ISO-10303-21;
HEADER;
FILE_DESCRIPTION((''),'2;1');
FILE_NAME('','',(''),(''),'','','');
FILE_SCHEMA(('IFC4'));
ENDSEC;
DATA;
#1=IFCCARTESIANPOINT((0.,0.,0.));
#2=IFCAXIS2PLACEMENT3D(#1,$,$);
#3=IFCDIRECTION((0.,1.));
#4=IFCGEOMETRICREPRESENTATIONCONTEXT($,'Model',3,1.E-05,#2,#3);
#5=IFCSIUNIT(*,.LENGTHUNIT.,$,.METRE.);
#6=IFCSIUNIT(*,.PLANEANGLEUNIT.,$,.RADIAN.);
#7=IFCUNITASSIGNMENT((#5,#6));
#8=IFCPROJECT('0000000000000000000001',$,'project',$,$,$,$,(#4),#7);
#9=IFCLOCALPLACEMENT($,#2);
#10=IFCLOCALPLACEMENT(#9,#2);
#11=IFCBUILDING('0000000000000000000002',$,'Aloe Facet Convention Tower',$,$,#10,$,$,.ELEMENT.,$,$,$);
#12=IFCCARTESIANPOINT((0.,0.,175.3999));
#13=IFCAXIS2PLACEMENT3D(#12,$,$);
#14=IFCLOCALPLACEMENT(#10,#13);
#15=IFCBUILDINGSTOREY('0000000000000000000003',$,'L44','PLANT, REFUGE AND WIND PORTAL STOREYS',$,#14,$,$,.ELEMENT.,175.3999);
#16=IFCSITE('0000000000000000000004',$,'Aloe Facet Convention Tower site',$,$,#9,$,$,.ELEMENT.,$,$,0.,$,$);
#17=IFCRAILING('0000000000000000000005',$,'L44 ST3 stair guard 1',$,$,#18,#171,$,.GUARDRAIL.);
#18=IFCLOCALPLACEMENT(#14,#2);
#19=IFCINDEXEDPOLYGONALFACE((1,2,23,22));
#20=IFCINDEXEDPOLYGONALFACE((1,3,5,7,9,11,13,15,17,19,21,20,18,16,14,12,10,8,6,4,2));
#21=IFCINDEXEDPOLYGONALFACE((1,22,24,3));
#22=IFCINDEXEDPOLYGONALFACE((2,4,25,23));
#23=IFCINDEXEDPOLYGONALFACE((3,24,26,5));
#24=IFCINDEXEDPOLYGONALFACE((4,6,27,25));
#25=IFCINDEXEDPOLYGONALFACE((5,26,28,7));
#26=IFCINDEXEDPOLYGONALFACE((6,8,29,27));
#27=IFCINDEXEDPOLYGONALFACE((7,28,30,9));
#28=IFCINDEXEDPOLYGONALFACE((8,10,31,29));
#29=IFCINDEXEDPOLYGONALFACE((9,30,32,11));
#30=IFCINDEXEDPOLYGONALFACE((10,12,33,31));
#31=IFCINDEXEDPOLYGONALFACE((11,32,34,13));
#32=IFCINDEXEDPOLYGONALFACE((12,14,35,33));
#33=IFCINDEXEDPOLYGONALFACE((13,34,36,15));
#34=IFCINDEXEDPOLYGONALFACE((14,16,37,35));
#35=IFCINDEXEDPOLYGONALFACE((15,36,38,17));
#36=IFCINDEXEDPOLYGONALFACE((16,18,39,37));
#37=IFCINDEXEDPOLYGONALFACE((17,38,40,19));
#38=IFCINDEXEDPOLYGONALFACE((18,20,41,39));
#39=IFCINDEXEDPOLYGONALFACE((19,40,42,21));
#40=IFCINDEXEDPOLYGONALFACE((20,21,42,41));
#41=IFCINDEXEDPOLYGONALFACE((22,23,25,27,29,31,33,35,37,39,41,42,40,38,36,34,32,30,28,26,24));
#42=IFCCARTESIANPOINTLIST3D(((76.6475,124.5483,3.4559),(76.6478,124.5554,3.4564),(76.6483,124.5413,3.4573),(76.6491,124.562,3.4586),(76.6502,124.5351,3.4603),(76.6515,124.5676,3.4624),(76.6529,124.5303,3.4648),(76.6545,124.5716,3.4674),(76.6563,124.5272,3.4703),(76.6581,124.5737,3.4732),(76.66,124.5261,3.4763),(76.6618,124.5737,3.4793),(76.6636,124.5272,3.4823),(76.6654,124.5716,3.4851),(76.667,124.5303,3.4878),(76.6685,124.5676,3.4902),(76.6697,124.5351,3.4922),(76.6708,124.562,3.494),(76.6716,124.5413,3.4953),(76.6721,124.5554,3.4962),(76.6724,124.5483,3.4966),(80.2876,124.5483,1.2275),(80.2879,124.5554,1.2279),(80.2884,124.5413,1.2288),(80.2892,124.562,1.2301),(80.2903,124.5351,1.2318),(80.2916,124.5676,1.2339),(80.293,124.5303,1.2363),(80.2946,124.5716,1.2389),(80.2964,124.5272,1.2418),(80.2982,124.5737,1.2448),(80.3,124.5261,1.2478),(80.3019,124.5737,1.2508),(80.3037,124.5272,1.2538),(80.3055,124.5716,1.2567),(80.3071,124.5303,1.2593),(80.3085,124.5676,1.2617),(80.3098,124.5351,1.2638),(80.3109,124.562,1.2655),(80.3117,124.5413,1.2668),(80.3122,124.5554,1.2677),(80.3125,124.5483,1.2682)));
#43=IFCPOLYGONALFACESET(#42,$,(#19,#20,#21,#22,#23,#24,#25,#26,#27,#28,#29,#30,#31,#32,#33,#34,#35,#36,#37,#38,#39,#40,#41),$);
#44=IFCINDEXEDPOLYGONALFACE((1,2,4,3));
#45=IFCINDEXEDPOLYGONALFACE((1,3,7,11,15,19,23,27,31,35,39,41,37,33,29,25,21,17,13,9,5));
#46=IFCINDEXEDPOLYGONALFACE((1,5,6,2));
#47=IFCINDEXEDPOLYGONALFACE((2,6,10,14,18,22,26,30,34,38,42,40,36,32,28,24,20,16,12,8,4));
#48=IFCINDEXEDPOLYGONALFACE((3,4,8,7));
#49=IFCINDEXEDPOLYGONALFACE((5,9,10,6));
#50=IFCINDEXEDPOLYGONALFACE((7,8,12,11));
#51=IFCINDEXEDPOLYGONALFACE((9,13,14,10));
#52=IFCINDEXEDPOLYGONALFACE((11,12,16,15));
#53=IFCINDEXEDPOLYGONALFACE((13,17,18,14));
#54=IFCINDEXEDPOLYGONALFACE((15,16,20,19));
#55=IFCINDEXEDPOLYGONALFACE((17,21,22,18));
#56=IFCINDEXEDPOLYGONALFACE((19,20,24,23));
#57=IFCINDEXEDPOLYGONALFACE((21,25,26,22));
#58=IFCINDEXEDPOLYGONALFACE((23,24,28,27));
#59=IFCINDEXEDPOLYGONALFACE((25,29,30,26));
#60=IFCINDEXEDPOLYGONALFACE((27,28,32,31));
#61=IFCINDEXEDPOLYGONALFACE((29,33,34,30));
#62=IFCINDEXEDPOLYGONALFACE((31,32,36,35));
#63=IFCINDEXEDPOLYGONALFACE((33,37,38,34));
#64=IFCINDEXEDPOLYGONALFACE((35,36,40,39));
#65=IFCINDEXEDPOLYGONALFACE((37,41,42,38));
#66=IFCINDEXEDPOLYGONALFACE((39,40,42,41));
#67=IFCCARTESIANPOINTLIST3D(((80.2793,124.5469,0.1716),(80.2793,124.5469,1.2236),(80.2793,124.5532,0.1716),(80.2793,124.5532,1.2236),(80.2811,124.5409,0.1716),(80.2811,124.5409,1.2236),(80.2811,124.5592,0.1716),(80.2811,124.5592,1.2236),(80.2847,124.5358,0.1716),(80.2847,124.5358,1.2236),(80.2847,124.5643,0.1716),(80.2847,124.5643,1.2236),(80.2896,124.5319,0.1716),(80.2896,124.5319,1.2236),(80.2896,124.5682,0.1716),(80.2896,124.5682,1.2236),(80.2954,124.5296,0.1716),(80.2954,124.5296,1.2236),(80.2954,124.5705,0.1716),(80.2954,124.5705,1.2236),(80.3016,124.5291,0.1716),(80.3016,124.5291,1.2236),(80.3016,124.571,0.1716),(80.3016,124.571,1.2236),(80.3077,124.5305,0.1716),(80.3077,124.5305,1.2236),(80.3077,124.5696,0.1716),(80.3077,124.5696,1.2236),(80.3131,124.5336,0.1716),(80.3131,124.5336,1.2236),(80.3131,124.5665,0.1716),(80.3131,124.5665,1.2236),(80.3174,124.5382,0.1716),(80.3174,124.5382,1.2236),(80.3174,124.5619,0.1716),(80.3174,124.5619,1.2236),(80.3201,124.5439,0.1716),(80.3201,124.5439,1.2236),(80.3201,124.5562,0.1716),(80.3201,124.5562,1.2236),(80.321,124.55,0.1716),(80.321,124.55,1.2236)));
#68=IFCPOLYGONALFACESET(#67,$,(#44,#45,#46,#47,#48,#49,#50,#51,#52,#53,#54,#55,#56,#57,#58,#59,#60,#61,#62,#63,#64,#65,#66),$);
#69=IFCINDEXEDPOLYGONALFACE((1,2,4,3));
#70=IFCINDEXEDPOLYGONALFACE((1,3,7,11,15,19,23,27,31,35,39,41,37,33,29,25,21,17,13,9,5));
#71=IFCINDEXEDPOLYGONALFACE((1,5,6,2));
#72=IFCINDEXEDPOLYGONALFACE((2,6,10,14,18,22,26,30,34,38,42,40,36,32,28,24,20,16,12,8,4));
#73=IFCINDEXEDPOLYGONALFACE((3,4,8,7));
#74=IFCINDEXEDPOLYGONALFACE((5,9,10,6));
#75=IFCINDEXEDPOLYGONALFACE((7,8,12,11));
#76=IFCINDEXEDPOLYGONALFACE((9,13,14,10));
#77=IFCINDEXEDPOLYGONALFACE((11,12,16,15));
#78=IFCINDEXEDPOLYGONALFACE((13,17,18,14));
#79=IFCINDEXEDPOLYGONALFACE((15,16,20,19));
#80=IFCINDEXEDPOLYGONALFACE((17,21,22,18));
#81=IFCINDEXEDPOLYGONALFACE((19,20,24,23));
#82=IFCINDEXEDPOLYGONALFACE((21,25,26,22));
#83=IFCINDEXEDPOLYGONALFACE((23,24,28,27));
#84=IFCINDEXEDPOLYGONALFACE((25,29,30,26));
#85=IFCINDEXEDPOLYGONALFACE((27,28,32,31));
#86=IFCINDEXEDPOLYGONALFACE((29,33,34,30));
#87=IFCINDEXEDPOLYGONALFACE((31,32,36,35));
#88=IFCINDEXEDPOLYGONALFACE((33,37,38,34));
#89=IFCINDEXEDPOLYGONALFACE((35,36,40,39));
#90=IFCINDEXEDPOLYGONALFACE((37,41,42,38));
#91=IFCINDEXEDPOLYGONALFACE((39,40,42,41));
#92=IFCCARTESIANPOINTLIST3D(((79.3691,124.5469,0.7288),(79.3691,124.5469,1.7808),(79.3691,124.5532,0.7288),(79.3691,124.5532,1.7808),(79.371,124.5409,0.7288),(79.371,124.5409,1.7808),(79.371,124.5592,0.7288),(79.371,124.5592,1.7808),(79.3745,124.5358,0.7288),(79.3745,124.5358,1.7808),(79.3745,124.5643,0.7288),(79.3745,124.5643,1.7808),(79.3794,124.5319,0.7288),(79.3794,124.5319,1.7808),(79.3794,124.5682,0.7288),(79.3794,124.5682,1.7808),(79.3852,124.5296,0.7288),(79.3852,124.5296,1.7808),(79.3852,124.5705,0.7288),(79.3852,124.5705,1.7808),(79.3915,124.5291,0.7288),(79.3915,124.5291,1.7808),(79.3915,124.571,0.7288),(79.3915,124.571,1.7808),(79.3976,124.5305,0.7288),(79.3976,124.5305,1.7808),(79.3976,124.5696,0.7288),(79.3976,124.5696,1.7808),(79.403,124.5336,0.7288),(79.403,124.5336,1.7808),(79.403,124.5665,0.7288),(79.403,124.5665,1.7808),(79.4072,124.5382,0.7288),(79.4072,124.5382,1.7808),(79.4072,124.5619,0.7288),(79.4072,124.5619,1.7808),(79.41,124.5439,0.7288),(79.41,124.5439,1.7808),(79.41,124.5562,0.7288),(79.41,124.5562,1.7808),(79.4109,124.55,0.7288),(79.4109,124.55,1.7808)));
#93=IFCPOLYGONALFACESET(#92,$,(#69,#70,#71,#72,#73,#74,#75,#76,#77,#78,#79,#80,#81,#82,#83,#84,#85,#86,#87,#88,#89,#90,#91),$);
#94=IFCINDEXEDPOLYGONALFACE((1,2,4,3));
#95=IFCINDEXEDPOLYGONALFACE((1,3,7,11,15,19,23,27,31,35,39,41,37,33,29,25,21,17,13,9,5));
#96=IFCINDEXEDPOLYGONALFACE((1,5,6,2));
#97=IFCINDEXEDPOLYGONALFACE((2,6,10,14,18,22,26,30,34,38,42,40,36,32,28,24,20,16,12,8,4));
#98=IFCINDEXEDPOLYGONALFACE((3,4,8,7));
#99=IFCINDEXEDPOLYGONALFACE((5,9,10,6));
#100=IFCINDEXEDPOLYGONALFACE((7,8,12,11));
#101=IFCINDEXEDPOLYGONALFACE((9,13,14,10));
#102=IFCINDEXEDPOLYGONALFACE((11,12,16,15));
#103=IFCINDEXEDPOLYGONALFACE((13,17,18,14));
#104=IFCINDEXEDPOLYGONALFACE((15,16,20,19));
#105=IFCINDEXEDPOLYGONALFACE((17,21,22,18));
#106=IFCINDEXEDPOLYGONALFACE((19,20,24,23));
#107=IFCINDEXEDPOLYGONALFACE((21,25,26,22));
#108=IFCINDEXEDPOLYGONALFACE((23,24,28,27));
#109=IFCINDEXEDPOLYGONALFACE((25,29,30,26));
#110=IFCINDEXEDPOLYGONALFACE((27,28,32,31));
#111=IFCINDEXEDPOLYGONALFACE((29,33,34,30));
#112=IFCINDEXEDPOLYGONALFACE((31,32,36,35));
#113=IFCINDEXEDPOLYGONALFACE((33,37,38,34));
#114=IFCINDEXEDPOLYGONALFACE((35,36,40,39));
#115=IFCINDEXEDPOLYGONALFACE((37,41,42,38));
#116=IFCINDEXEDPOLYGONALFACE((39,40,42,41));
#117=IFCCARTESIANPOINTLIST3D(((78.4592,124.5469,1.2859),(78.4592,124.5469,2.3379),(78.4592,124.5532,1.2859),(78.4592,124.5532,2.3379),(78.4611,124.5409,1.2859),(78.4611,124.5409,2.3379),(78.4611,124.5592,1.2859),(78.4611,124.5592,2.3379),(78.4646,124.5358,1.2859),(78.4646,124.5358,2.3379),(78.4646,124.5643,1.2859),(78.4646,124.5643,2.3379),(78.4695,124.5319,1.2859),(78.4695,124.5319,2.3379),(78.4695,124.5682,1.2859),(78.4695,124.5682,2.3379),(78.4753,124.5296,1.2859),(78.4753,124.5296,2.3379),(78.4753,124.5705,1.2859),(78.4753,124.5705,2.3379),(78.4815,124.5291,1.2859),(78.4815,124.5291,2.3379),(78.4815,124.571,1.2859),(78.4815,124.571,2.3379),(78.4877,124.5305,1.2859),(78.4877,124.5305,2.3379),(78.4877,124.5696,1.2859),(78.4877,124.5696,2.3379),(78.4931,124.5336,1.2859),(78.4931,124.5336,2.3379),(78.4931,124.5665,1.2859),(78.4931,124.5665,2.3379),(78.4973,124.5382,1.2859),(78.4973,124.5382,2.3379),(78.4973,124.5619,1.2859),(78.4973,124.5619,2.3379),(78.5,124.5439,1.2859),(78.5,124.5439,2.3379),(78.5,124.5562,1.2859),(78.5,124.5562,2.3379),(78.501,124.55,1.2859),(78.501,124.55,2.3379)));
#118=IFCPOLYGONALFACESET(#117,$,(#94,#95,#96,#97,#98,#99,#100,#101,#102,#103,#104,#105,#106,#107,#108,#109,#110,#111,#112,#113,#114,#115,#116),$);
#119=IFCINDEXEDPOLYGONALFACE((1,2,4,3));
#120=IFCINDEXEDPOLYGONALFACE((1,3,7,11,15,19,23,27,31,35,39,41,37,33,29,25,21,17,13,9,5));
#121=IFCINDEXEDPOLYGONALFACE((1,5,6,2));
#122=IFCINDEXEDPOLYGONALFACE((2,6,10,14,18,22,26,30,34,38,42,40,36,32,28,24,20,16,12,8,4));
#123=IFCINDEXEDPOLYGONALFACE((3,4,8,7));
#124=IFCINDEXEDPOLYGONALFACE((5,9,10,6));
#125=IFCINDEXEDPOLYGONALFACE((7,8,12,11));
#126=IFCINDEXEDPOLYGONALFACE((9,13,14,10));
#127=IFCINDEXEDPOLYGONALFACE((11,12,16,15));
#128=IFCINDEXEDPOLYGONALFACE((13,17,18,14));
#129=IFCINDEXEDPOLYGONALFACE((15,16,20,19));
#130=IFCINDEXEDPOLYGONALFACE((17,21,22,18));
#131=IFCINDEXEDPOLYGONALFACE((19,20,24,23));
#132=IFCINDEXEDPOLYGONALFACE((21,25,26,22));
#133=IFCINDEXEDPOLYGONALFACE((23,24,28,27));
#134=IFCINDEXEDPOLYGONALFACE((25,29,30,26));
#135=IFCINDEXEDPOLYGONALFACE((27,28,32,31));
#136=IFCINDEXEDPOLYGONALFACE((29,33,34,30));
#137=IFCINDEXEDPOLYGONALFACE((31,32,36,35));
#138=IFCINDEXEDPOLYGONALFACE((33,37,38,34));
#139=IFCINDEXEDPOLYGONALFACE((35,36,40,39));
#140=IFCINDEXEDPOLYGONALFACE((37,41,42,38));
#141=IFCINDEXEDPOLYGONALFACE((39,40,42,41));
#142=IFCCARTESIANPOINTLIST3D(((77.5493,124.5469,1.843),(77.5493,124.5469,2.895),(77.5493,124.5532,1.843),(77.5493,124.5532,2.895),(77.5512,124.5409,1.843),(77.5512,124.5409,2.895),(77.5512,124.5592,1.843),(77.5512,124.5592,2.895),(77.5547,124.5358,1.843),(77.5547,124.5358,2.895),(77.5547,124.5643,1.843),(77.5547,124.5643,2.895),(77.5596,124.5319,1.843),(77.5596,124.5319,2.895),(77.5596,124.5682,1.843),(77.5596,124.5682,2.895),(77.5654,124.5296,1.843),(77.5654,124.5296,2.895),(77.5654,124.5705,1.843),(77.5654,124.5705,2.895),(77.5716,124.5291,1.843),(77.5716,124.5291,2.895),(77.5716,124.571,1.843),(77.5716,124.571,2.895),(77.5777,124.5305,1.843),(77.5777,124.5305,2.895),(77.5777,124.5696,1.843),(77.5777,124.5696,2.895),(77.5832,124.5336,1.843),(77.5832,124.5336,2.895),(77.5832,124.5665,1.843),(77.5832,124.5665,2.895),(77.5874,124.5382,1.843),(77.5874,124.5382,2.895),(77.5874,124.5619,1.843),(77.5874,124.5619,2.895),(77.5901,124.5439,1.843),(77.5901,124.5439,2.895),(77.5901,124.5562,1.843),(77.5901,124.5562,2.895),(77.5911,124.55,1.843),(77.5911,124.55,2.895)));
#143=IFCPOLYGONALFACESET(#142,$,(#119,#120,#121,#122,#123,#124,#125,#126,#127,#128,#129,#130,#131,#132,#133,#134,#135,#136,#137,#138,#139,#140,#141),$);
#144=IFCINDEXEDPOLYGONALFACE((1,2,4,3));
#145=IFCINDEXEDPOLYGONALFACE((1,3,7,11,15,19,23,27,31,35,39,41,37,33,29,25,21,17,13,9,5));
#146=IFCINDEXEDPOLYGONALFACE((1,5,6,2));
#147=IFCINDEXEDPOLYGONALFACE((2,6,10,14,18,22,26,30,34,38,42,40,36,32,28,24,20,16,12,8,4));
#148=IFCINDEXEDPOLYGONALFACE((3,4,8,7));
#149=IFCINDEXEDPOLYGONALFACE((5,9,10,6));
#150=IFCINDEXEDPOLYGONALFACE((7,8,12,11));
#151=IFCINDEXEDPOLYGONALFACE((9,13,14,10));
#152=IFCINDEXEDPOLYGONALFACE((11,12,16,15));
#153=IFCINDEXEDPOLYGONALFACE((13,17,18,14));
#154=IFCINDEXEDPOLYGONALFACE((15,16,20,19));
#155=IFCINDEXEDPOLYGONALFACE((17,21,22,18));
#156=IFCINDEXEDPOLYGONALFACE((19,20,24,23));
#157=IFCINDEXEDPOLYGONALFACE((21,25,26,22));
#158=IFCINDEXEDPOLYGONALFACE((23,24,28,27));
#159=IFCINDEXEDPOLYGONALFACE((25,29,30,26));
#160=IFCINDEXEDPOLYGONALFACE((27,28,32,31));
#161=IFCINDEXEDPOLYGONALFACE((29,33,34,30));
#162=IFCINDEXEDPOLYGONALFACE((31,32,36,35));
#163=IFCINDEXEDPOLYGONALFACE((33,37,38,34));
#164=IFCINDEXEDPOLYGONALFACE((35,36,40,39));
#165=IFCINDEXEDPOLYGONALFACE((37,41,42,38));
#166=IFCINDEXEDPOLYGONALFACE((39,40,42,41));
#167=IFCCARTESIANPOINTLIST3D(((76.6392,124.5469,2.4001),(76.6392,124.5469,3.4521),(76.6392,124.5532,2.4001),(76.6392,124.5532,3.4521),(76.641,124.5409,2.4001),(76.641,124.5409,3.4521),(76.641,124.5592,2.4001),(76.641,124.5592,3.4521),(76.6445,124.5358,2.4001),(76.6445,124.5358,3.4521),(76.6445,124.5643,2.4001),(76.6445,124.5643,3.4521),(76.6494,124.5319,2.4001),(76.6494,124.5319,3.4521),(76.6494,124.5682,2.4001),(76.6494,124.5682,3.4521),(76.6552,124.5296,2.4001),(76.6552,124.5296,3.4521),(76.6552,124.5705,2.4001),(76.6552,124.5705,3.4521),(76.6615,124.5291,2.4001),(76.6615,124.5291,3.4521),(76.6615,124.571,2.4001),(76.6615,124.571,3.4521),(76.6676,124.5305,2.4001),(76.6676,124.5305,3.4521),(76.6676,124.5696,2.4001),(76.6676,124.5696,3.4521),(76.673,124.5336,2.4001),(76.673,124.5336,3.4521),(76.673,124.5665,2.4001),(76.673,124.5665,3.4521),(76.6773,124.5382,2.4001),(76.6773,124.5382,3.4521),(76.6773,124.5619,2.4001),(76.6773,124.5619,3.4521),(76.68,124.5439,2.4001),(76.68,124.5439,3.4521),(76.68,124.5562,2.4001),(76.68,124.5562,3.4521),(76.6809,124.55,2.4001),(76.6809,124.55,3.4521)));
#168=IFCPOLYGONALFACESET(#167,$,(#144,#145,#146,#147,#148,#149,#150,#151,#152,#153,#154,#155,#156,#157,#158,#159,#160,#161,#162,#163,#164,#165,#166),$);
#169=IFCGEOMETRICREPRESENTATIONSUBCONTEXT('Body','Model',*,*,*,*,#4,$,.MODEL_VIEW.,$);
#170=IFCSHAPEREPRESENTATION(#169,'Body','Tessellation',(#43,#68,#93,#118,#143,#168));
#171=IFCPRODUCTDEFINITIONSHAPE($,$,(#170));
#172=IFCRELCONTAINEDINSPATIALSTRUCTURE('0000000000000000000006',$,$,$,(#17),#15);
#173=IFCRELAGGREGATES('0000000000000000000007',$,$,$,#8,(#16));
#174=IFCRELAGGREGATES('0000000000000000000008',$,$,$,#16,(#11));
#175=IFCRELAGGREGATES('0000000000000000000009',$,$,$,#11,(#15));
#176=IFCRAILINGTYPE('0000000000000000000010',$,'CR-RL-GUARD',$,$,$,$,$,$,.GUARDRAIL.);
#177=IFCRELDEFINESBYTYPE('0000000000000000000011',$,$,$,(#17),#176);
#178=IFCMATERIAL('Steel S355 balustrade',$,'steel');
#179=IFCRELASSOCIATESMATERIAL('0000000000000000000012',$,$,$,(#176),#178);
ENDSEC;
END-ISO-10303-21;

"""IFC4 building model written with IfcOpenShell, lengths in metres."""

from ifc_helpers import new_model, si_unit, direction, frame, origin, origin_2d, place, context, subcontext, project, spatial, circle, extrude, material, type_object, element, save


model = new_model("IFC4")

# Units and contexts
model_context = context("Model", 3, precision=1e-05, world=origin(), true_north=direction((0.0, 1.0)))
body_context = subcontext(model_context, "Body", "Model", "MODEL_VIEW")
ifc_project = project(units=[si_unit("LENGTHUNIT", "METRE"), si_unit("PLANEANGLEUNIT", "RADIAN")], contexts=[model_context])

# Site, building, storey
site_placement = place(None, origin())
site = spatial("IfcSite", under=ifc_project, at=site_placement, Name="Aloe Facet Convention Tower site", CompositionType="ELEMENT", RefElevation=0.0)
building_placement = place(site_placement, origin())
building = spatial("IfcBuilding", under=site, at=building_placement, Name="Aloe Facet Convention Tower", CompositionType="ELEMENT")
storey_placement = place(building_placement, frame((0.0, 0.0, 175.3999)))
storey = spatial("IfcBuildingStorey", under=building, at=storey_placement, Name="L44", Description="PLANT, REFUGE AND WIND PORTAL STOREYS", CompositionType="ELEMENT", Elevation=175.3999)

# Railing
ifc_material_1 = material(Name="Steel S355 balustrade", Category="steel")
railing_type_1 = type_object("IfcRailingType", Name="CR-RL-GUARD", PredefinedType="GUARDRAIL", material=ifc_material_1)
railing_1_placement = place(storey_placement, frame((80.3, 124.55, 0.1716)))
element("IfcRailing", 1, at=railing_1_placement, inside=storey, type_object=railing_type_1, Name="L44 ST3 stair guard 1", PredefinedType="GUARDRAIL", context=body_context, shape_type="SweptSolid", body=[
    extrude(circle(Radius=0.0239, at=origin_2d()), frame((0.0, 0.0, 1.0762), z_axis=(-0.852866, 0.0, 0.52213), x_axis=(0.0, -1.0, 0.0)), (0.0, 0.0, 1.0), 4.2681),
    extrude(circle(Radius=0.021, at=origin_2d()), origin(), (0.0, 0.0, 1.0), 1.052),
    extrude(circle(Radius=0.021, at=origin_2d()), frame((-0.9102, 0.0, 0.5571)), (0.0, 0.0, 1.0), 1.052),
    extrude(circle(Radius=0.021, at=origin_2d()), frame((-1.8201, 0.0, 1.1143)), (0.0, 0.0, 1.0), 1.052),
    extrude(circle(Radius=0.021, at=origin_2d()), frame((-2.73, 0.0, 1.6714)), (0.0, 0.0, 1.0), 1.052),
    extrude(circle(Radius=0.021, at=origin_2d()), frame((-3.6401, 0.0, 2.2285)), (0.0, 0.0, 1.0), 1.052),
])

save(model, "model.ifc")
